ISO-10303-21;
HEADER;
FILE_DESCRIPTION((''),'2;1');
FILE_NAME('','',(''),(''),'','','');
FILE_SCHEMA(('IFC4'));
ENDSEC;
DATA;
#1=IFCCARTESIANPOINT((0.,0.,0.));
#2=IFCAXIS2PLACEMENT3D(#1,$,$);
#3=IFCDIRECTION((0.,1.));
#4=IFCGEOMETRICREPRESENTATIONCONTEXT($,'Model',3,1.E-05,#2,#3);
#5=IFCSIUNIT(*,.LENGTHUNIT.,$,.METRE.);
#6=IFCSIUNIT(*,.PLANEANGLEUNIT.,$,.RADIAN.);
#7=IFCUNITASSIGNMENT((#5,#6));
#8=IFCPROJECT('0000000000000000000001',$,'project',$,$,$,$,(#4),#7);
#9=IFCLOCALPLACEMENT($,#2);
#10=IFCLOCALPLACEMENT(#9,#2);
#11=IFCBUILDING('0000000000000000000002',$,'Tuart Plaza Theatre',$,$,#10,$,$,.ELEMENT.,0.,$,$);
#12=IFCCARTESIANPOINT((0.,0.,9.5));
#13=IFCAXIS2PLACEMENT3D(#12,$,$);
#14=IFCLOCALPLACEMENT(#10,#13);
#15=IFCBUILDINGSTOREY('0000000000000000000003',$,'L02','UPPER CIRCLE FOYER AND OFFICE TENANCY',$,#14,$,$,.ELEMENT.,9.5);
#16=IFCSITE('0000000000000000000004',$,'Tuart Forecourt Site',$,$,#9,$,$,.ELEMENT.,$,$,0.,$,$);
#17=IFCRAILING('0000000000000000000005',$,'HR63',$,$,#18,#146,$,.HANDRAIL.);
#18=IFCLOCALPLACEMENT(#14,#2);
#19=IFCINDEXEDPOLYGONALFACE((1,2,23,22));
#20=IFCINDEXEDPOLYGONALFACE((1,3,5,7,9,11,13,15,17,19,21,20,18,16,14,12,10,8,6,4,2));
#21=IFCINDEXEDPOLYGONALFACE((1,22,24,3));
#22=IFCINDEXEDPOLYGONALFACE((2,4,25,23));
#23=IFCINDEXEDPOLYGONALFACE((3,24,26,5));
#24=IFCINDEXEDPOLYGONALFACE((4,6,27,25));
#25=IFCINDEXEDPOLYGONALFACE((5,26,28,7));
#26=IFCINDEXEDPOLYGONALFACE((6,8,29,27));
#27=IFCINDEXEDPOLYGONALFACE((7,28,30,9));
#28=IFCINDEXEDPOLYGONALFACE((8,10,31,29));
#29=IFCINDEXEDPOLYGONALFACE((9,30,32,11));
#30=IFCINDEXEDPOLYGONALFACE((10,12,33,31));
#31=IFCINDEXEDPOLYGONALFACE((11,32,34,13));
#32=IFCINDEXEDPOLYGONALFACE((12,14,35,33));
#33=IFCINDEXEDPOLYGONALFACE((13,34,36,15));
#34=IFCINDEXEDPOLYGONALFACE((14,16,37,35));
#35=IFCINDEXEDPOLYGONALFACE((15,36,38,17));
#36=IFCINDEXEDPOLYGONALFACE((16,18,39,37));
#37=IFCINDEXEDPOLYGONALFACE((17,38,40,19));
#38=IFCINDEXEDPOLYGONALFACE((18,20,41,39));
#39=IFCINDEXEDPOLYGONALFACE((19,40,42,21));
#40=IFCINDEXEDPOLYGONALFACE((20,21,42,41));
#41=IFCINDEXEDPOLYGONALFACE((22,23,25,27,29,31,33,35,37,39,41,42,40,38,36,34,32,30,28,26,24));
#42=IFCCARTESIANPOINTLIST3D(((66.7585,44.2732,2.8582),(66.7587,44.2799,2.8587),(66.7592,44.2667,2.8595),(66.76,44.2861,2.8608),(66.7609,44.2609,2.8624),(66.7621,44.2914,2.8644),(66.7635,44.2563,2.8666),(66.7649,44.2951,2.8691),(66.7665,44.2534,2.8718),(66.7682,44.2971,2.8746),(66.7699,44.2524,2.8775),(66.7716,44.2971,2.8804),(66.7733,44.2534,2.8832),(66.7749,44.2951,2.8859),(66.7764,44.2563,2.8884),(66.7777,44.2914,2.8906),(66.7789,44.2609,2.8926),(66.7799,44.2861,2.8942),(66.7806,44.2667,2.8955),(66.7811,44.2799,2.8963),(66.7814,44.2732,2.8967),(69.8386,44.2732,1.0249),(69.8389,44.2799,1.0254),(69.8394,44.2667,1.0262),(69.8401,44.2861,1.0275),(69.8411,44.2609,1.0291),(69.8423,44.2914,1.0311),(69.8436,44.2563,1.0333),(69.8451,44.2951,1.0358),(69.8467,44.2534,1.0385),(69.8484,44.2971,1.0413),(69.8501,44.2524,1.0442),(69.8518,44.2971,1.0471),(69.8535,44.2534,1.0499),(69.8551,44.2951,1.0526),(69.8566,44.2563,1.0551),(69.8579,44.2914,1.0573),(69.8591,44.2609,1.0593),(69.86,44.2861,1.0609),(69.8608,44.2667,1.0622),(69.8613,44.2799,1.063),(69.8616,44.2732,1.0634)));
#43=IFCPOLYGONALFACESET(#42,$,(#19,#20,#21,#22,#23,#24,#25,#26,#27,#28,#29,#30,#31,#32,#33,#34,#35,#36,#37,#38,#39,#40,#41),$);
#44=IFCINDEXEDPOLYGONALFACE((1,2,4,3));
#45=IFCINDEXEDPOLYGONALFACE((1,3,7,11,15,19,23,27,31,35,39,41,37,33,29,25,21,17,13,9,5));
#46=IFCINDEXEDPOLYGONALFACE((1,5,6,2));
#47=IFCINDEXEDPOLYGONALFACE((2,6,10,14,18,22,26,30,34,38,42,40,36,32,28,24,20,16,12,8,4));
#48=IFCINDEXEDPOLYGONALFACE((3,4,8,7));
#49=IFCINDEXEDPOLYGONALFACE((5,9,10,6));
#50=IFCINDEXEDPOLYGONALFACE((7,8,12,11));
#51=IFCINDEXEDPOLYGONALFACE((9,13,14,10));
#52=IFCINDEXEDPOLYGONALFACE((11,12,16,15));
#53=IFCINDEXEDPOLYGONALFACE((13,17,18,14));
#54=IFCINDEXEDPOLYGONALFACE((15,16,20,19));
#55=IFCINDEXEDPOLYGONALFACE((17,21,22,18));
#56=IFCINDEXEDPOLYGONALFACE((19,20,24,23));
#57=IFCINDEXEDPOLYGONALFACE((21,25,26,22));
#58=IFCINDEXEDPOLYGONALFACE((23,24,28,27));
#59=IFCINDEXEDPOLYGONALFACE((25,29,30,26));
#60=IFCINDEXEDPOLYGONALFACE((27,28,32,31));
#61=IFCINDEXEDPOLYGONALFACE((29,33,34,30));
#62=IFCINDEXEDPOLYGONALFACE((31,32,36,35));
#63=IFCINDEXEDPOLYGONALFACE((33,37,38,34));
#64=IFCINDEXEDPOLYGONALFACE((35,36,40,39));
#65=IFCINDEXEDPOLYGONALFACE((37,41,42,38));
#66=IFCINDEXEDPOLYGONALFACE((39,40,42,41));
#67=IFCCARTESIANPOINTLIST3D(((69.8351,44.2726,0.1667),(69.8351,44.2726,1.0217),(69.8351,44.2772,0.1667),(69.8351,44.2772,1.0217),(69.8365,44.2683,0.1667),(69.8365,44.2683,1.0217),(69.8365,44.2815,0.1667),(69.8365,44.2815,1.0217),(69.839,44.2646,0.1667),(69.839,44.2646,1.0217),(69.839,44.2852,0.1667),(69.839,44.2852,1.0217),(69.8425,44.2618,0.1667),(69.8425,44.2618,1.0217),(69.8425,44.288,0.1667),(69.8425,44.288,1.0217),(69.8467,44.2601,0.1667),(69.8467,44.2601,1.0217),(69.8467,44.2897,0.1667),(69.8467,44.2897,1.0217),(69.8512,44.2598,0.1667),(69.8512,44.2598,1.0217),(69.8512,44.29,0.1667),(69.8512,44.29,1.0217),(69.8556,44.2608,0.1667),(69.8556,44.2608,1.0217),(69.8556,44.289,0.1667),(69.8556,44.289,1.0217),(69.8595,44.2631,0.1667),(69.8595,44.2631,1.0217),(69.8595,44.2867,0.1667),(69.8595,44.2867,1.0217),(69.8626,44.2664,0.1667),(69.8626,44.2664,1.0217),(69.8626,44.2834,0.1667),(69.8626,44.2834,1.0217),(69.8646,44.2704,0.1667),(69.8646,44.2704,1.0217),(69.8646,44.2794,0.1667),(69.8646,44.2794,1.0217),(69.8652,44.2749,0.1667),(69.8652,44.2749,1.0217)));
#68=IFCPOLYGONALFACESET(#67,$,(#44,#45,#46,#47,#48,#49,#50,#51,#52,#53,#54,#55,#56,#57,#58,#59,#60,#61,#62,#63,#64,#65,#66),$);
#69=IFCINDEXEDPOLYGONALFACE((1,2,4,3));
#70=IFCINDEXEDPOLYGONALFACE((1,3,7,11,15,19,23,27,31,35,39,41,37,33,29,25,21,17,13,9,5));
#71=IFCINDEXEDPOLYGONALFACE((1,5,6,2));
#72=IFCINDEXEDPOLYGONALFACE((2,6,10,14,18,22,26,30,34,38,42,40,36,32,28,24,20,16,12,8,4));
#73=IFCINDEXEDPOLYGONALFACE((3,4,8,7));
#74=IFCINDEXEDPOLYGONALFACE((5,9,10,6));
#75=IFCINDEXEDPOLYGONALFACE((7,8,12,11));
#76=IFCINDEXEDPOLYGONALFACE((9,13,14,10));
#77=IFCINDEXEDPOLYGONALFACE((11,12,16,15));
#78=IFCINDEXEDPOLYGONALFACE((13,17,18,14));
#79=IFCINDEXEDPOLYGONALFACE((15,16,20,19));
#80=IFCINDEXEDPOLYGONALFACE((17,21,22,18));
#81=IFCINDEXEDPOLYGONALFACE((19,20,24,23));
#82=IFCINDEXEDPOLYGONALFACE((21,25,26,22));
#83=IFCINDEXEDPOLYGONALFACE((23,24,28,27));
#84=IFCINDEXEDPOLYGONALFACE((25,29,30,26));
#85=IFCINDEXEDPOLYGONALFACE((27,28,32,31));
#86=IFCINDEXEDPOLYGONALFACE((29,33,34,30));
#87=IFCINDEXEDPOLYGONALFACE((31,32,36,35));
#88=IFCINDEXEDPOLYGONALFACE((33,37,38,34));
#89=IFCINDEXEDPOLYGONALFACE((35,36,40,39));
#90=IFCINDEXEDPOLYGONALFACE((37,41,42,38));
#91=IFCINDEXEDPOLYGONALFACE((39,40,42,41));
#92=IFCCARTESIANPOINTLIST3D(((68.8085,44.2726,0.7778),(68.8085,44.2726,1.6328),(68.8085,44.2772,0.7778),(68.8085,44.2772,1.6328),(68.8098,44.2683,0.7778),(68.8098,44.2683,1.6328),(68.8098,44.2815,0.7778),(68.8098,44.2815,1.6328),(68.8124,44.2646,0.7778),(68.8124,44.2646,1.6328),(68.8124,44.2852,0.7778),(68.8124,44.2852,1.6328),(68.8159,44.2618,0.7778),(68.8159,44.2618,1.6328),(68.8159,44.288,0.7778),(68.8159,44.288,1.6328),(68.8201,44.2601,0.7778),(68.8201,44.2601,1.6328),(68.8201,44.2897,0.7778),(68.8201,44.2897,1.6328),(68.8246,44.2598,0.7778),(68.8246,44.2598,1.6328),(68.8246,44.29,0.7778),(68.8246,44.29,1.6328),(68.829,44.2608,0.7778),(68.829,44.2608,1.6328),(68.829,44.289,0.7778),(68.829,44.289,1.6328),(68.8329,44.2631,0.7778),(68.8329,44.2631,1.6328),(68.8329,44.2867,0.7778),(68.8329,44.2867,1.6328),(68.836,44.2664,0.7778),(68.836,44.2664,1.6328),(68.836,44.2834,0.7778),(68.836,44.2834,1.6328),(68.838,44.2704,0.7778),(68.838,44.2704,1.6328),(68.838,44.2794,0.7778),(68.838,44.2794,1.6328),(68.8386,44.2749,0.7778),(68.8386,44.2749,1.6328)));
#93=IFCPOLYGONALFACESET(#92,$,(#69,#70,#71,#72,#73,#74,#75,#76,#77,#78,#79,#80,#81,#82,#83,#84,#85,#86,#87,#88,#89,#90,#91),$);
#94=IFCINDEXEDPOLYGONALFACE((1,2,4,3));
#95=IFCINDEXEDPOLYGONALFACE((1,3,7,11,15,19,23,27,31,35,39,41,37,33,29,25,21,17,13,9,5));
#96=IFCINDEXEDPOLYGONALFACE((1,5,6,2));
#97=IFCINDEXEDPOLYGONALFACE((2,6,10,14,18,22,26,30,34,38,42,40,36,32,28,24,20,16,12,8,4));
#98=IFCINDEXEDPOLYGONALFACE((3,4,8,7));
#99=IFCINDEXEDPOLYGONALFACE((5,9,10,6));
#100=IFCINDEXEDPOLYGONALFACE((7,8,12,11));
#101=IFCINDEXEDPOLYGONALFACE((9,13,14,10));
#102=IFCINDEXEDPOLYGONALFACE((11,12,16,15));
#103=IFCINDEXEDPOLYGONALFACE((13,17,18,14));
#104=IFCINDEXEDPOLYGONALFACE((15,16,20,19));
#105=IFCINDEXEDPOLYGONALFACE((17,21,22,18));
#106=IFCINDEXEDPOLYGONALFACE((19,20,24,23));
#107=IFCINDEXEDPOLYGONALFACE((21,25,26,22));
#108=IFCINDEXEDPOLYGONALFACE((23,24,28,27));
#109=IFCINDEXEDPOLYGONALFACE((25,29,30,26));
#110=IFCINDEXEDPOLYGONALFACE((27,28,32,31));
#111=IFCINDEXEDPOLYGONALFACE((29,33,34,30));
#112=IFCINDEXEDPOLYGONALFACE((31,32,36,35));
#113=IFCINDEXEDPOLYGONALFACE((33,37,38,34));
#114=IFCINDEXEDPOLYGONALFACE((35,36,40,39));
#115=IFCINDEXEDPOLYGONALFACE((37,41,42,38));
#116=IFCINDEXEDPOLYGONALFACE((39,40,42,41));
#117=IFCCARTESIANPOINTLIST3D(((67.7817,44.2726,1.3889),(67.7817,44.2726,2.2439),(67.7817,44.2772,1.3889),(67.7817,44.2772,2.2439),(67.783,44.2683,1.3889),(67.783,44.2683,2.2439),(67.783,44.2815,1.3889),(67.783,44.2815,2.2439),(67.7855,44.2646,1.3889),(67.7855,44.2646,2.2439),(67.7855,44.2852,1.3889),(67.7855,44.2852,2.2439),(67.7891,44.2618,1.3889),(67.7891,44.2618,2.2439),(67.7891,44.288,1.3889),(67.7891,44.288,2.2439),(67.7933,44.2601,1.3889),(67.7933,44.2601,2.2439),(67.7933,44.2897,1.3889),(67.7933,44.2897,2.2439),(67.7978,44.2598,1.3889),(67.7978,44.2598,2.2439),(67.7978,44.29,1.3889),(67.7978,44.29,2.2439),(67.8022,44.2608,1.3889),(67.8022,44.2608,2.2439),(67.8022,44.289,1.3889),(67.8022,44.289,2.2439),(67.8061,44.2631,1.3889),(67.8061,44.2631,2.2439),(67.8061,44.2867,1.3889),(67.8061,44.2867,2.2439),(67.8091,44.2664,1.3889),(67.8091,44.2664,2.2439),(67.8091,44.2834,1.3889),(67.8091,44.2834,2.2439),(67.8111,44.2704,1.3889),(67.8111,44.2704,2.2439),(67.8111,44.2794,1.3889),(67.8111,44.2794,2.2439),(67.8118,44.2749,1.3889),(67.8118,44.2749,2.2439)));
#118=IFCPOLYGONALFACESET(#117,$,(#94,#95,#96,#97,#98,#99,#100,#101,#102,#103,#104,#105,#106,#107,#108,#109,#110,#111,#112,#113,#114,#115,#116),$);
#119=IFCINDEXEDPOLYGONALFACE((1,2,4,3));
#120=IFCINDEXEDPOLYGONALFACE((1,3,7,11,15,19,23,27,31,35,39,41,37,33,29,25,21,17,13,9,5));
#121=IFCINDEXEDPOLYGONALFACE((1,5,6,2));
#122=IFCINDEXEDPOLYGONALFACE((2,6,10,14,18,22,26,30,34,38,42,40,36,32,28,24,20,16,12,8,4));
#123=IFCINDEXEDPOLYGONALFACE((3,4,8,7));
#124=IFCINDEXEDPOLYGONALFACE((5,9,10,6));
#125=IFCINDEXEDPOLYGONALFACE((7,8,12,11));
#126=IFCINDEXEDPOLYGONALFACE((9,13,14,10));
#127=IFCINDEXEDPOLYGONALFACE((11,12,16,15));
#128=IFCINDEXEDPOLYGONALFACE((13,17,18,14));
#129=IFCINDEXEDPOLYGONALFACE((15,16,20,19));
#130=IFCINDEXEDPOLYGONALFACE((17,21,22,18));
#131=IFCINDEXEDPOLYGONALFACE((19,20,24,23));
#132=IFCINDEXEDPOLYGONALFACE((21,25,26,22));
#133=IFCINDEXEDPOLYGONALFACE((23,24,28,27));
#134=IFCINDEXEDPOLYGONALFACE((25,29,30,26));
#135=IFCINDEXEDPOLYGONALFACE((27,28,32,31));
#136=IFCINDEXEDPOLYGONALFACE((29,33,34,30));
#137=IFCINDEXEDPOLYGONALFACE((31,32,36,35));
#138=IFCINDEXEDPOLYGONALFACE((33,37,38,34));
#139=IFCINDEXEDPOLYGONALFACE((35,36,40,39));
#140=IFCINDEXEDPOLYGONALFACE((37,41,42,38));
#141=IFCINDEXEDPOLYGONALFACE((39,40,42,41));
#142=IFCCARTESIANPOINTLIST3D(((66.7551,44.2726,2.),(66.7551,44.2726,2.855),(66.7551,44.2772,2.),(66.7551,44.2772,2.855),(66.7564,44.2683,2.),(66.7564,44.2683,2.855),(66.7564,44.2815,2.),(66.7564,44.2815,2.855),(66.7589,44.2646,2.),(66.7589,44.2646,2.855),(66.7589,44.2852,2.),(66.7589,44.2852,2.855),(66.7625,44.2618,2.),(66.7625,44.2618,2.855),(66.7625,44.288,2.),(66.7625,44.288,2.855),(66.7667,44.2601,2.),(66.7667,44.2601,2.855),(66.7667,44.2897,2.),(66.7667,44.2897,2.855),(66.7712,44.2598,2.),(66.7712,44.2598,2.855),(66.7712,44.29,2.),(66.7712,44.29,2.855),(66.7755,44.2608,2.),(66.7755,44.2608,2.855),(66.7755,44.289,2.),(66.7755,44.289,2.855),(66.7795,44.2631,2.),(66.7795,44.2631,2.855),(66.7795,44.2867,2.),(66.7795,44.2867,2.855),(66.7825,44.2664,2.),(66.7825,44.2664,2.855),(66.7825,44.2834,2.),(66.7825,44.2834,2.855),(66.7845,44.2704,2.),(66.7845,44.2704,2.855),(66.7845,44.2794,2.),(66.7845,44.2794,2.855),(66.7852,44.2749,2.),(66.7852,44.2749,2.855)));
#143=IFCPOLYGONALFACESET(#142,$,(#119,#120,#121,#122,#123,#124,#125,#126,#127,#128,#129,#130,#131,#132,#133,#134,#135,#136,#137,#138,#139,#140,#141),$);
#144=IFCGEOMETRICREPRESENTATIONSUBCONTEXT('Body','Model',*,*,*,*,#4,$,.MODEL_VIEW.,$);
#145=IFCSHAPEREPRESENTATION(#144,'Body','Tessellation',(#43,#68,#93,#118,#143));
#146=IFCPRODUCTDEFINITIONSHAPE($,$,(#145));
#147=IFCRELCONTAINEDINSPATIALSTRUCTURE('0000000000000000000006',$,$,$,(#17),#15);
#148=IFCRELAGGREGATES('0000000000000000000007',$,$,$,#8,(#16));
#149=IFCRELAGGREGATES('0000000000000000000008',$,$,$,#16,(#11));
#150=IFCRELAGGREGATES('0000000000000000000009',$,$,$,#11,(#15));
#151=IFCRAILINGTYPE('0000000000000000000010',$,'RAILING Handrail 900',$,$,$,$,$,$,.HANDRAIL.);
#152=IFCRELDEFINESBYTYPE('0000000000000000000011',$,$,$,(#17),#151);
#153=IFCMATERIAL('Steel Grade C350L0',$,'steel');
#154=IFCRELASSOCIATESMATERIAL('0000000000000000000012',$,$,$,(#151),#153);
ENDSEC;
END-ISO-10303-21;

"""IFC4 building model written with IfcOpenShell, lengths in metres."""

from ifc_helpers import new_model, si_unit, direction, frame, origin, origin_2d, place, context, subcontext, project, spatial, circle, extrude, material, type_object, element, save


model = new_model("IFC4")

# Units and contexts
model_context = context("Model", 3, precision=1e-05, world=origin(), true_north=direction((0.0, 1.0)))
body_context = subcontext(model_context, "Body", "Model", "MODEL_VIEW")
ifc_project = project(units=[si_unit("LENGTHUNIT", "METRE"), si_unit("PLANEANGLEUNIT", "RADIAN")], contexts=[model_context])

# Site, building, storey
site_placement = place(None, origin())
site = spatial("IfcSite", under=ifc_project, at=site_placement, Name="Tuart Forecourt Site", CompositionType="ELEMENT", RefElevation=0.0)
building_placement = place(site_placement, origin())
building = spatial("IfcBuilding", under=site, at=building_placement, Name="Tuart Plaza Theatre", CompositionType="ELEMENT", ElevationOfRefHeight=0.0)
storey_placement = place(building_placement, frame((0.0, 0.0, 9.5)))
storey = spatial("IfcBuildingStorey", under=building, at=storey_placement, Name="L02", Description="UPPER CIRCLE FOYER AND OFFICE TENANCY", CompositionType="ELEMENT", Elevation=9.5)

# Railing
ifc_material_1 = material(Name="Steel Grade C350L0", Category="steel")
railing_type_1 = type_object("IfcRailingType", Name="RAILING Handrail 900", PredefinedType="HANDRAIL", material=ifc_material_1)
for number, where, name in (
    (1, (69.8501, 44.2749, 0.1667), "HR63"),
):
    element("IfcRailing", number, at=place(storey_placement, frame(where)), inside=storey, type_object=railing_type_1, Name=name, PredefinedType="HANDRAIL", context=body_context, shape_type="SweptSolid", body=[
        extrude(circle(Radius=0.0225, at=origin_2d()), frame((0.0, 0.0, 0.8774), z_axis=(-0.859309, 0.0, 0.511458), x_axis=(0.0, -1.0, 0.0)), (0.0, 0.0, 1.0), 3.5845),
        extrude(circle(Radius=0.0151, at=origin_2d()), origin(), (0.0, 0.0, 1.0), 0.855),
        extrude(circle(Radius=0.0151, at=origin_2d()), frame((-1.0266, 0.0, 0.6111)), (0.0, 0.0, 1.0), 0.855),
        extrude(circle(Radius=0.0151, at=origin_2d()), frame((-2.0535, 0.0, 1.2222)), (0.0, 0.0, 1.0), 0.855),
        extrude(circle(Radius=0.0151, at=origin_2d()), frame((-3.0801, 0.0, 1.8333)), (0.0, 0.0, 1.0), 0.855),
    ])

save(model, "model.ifc")
